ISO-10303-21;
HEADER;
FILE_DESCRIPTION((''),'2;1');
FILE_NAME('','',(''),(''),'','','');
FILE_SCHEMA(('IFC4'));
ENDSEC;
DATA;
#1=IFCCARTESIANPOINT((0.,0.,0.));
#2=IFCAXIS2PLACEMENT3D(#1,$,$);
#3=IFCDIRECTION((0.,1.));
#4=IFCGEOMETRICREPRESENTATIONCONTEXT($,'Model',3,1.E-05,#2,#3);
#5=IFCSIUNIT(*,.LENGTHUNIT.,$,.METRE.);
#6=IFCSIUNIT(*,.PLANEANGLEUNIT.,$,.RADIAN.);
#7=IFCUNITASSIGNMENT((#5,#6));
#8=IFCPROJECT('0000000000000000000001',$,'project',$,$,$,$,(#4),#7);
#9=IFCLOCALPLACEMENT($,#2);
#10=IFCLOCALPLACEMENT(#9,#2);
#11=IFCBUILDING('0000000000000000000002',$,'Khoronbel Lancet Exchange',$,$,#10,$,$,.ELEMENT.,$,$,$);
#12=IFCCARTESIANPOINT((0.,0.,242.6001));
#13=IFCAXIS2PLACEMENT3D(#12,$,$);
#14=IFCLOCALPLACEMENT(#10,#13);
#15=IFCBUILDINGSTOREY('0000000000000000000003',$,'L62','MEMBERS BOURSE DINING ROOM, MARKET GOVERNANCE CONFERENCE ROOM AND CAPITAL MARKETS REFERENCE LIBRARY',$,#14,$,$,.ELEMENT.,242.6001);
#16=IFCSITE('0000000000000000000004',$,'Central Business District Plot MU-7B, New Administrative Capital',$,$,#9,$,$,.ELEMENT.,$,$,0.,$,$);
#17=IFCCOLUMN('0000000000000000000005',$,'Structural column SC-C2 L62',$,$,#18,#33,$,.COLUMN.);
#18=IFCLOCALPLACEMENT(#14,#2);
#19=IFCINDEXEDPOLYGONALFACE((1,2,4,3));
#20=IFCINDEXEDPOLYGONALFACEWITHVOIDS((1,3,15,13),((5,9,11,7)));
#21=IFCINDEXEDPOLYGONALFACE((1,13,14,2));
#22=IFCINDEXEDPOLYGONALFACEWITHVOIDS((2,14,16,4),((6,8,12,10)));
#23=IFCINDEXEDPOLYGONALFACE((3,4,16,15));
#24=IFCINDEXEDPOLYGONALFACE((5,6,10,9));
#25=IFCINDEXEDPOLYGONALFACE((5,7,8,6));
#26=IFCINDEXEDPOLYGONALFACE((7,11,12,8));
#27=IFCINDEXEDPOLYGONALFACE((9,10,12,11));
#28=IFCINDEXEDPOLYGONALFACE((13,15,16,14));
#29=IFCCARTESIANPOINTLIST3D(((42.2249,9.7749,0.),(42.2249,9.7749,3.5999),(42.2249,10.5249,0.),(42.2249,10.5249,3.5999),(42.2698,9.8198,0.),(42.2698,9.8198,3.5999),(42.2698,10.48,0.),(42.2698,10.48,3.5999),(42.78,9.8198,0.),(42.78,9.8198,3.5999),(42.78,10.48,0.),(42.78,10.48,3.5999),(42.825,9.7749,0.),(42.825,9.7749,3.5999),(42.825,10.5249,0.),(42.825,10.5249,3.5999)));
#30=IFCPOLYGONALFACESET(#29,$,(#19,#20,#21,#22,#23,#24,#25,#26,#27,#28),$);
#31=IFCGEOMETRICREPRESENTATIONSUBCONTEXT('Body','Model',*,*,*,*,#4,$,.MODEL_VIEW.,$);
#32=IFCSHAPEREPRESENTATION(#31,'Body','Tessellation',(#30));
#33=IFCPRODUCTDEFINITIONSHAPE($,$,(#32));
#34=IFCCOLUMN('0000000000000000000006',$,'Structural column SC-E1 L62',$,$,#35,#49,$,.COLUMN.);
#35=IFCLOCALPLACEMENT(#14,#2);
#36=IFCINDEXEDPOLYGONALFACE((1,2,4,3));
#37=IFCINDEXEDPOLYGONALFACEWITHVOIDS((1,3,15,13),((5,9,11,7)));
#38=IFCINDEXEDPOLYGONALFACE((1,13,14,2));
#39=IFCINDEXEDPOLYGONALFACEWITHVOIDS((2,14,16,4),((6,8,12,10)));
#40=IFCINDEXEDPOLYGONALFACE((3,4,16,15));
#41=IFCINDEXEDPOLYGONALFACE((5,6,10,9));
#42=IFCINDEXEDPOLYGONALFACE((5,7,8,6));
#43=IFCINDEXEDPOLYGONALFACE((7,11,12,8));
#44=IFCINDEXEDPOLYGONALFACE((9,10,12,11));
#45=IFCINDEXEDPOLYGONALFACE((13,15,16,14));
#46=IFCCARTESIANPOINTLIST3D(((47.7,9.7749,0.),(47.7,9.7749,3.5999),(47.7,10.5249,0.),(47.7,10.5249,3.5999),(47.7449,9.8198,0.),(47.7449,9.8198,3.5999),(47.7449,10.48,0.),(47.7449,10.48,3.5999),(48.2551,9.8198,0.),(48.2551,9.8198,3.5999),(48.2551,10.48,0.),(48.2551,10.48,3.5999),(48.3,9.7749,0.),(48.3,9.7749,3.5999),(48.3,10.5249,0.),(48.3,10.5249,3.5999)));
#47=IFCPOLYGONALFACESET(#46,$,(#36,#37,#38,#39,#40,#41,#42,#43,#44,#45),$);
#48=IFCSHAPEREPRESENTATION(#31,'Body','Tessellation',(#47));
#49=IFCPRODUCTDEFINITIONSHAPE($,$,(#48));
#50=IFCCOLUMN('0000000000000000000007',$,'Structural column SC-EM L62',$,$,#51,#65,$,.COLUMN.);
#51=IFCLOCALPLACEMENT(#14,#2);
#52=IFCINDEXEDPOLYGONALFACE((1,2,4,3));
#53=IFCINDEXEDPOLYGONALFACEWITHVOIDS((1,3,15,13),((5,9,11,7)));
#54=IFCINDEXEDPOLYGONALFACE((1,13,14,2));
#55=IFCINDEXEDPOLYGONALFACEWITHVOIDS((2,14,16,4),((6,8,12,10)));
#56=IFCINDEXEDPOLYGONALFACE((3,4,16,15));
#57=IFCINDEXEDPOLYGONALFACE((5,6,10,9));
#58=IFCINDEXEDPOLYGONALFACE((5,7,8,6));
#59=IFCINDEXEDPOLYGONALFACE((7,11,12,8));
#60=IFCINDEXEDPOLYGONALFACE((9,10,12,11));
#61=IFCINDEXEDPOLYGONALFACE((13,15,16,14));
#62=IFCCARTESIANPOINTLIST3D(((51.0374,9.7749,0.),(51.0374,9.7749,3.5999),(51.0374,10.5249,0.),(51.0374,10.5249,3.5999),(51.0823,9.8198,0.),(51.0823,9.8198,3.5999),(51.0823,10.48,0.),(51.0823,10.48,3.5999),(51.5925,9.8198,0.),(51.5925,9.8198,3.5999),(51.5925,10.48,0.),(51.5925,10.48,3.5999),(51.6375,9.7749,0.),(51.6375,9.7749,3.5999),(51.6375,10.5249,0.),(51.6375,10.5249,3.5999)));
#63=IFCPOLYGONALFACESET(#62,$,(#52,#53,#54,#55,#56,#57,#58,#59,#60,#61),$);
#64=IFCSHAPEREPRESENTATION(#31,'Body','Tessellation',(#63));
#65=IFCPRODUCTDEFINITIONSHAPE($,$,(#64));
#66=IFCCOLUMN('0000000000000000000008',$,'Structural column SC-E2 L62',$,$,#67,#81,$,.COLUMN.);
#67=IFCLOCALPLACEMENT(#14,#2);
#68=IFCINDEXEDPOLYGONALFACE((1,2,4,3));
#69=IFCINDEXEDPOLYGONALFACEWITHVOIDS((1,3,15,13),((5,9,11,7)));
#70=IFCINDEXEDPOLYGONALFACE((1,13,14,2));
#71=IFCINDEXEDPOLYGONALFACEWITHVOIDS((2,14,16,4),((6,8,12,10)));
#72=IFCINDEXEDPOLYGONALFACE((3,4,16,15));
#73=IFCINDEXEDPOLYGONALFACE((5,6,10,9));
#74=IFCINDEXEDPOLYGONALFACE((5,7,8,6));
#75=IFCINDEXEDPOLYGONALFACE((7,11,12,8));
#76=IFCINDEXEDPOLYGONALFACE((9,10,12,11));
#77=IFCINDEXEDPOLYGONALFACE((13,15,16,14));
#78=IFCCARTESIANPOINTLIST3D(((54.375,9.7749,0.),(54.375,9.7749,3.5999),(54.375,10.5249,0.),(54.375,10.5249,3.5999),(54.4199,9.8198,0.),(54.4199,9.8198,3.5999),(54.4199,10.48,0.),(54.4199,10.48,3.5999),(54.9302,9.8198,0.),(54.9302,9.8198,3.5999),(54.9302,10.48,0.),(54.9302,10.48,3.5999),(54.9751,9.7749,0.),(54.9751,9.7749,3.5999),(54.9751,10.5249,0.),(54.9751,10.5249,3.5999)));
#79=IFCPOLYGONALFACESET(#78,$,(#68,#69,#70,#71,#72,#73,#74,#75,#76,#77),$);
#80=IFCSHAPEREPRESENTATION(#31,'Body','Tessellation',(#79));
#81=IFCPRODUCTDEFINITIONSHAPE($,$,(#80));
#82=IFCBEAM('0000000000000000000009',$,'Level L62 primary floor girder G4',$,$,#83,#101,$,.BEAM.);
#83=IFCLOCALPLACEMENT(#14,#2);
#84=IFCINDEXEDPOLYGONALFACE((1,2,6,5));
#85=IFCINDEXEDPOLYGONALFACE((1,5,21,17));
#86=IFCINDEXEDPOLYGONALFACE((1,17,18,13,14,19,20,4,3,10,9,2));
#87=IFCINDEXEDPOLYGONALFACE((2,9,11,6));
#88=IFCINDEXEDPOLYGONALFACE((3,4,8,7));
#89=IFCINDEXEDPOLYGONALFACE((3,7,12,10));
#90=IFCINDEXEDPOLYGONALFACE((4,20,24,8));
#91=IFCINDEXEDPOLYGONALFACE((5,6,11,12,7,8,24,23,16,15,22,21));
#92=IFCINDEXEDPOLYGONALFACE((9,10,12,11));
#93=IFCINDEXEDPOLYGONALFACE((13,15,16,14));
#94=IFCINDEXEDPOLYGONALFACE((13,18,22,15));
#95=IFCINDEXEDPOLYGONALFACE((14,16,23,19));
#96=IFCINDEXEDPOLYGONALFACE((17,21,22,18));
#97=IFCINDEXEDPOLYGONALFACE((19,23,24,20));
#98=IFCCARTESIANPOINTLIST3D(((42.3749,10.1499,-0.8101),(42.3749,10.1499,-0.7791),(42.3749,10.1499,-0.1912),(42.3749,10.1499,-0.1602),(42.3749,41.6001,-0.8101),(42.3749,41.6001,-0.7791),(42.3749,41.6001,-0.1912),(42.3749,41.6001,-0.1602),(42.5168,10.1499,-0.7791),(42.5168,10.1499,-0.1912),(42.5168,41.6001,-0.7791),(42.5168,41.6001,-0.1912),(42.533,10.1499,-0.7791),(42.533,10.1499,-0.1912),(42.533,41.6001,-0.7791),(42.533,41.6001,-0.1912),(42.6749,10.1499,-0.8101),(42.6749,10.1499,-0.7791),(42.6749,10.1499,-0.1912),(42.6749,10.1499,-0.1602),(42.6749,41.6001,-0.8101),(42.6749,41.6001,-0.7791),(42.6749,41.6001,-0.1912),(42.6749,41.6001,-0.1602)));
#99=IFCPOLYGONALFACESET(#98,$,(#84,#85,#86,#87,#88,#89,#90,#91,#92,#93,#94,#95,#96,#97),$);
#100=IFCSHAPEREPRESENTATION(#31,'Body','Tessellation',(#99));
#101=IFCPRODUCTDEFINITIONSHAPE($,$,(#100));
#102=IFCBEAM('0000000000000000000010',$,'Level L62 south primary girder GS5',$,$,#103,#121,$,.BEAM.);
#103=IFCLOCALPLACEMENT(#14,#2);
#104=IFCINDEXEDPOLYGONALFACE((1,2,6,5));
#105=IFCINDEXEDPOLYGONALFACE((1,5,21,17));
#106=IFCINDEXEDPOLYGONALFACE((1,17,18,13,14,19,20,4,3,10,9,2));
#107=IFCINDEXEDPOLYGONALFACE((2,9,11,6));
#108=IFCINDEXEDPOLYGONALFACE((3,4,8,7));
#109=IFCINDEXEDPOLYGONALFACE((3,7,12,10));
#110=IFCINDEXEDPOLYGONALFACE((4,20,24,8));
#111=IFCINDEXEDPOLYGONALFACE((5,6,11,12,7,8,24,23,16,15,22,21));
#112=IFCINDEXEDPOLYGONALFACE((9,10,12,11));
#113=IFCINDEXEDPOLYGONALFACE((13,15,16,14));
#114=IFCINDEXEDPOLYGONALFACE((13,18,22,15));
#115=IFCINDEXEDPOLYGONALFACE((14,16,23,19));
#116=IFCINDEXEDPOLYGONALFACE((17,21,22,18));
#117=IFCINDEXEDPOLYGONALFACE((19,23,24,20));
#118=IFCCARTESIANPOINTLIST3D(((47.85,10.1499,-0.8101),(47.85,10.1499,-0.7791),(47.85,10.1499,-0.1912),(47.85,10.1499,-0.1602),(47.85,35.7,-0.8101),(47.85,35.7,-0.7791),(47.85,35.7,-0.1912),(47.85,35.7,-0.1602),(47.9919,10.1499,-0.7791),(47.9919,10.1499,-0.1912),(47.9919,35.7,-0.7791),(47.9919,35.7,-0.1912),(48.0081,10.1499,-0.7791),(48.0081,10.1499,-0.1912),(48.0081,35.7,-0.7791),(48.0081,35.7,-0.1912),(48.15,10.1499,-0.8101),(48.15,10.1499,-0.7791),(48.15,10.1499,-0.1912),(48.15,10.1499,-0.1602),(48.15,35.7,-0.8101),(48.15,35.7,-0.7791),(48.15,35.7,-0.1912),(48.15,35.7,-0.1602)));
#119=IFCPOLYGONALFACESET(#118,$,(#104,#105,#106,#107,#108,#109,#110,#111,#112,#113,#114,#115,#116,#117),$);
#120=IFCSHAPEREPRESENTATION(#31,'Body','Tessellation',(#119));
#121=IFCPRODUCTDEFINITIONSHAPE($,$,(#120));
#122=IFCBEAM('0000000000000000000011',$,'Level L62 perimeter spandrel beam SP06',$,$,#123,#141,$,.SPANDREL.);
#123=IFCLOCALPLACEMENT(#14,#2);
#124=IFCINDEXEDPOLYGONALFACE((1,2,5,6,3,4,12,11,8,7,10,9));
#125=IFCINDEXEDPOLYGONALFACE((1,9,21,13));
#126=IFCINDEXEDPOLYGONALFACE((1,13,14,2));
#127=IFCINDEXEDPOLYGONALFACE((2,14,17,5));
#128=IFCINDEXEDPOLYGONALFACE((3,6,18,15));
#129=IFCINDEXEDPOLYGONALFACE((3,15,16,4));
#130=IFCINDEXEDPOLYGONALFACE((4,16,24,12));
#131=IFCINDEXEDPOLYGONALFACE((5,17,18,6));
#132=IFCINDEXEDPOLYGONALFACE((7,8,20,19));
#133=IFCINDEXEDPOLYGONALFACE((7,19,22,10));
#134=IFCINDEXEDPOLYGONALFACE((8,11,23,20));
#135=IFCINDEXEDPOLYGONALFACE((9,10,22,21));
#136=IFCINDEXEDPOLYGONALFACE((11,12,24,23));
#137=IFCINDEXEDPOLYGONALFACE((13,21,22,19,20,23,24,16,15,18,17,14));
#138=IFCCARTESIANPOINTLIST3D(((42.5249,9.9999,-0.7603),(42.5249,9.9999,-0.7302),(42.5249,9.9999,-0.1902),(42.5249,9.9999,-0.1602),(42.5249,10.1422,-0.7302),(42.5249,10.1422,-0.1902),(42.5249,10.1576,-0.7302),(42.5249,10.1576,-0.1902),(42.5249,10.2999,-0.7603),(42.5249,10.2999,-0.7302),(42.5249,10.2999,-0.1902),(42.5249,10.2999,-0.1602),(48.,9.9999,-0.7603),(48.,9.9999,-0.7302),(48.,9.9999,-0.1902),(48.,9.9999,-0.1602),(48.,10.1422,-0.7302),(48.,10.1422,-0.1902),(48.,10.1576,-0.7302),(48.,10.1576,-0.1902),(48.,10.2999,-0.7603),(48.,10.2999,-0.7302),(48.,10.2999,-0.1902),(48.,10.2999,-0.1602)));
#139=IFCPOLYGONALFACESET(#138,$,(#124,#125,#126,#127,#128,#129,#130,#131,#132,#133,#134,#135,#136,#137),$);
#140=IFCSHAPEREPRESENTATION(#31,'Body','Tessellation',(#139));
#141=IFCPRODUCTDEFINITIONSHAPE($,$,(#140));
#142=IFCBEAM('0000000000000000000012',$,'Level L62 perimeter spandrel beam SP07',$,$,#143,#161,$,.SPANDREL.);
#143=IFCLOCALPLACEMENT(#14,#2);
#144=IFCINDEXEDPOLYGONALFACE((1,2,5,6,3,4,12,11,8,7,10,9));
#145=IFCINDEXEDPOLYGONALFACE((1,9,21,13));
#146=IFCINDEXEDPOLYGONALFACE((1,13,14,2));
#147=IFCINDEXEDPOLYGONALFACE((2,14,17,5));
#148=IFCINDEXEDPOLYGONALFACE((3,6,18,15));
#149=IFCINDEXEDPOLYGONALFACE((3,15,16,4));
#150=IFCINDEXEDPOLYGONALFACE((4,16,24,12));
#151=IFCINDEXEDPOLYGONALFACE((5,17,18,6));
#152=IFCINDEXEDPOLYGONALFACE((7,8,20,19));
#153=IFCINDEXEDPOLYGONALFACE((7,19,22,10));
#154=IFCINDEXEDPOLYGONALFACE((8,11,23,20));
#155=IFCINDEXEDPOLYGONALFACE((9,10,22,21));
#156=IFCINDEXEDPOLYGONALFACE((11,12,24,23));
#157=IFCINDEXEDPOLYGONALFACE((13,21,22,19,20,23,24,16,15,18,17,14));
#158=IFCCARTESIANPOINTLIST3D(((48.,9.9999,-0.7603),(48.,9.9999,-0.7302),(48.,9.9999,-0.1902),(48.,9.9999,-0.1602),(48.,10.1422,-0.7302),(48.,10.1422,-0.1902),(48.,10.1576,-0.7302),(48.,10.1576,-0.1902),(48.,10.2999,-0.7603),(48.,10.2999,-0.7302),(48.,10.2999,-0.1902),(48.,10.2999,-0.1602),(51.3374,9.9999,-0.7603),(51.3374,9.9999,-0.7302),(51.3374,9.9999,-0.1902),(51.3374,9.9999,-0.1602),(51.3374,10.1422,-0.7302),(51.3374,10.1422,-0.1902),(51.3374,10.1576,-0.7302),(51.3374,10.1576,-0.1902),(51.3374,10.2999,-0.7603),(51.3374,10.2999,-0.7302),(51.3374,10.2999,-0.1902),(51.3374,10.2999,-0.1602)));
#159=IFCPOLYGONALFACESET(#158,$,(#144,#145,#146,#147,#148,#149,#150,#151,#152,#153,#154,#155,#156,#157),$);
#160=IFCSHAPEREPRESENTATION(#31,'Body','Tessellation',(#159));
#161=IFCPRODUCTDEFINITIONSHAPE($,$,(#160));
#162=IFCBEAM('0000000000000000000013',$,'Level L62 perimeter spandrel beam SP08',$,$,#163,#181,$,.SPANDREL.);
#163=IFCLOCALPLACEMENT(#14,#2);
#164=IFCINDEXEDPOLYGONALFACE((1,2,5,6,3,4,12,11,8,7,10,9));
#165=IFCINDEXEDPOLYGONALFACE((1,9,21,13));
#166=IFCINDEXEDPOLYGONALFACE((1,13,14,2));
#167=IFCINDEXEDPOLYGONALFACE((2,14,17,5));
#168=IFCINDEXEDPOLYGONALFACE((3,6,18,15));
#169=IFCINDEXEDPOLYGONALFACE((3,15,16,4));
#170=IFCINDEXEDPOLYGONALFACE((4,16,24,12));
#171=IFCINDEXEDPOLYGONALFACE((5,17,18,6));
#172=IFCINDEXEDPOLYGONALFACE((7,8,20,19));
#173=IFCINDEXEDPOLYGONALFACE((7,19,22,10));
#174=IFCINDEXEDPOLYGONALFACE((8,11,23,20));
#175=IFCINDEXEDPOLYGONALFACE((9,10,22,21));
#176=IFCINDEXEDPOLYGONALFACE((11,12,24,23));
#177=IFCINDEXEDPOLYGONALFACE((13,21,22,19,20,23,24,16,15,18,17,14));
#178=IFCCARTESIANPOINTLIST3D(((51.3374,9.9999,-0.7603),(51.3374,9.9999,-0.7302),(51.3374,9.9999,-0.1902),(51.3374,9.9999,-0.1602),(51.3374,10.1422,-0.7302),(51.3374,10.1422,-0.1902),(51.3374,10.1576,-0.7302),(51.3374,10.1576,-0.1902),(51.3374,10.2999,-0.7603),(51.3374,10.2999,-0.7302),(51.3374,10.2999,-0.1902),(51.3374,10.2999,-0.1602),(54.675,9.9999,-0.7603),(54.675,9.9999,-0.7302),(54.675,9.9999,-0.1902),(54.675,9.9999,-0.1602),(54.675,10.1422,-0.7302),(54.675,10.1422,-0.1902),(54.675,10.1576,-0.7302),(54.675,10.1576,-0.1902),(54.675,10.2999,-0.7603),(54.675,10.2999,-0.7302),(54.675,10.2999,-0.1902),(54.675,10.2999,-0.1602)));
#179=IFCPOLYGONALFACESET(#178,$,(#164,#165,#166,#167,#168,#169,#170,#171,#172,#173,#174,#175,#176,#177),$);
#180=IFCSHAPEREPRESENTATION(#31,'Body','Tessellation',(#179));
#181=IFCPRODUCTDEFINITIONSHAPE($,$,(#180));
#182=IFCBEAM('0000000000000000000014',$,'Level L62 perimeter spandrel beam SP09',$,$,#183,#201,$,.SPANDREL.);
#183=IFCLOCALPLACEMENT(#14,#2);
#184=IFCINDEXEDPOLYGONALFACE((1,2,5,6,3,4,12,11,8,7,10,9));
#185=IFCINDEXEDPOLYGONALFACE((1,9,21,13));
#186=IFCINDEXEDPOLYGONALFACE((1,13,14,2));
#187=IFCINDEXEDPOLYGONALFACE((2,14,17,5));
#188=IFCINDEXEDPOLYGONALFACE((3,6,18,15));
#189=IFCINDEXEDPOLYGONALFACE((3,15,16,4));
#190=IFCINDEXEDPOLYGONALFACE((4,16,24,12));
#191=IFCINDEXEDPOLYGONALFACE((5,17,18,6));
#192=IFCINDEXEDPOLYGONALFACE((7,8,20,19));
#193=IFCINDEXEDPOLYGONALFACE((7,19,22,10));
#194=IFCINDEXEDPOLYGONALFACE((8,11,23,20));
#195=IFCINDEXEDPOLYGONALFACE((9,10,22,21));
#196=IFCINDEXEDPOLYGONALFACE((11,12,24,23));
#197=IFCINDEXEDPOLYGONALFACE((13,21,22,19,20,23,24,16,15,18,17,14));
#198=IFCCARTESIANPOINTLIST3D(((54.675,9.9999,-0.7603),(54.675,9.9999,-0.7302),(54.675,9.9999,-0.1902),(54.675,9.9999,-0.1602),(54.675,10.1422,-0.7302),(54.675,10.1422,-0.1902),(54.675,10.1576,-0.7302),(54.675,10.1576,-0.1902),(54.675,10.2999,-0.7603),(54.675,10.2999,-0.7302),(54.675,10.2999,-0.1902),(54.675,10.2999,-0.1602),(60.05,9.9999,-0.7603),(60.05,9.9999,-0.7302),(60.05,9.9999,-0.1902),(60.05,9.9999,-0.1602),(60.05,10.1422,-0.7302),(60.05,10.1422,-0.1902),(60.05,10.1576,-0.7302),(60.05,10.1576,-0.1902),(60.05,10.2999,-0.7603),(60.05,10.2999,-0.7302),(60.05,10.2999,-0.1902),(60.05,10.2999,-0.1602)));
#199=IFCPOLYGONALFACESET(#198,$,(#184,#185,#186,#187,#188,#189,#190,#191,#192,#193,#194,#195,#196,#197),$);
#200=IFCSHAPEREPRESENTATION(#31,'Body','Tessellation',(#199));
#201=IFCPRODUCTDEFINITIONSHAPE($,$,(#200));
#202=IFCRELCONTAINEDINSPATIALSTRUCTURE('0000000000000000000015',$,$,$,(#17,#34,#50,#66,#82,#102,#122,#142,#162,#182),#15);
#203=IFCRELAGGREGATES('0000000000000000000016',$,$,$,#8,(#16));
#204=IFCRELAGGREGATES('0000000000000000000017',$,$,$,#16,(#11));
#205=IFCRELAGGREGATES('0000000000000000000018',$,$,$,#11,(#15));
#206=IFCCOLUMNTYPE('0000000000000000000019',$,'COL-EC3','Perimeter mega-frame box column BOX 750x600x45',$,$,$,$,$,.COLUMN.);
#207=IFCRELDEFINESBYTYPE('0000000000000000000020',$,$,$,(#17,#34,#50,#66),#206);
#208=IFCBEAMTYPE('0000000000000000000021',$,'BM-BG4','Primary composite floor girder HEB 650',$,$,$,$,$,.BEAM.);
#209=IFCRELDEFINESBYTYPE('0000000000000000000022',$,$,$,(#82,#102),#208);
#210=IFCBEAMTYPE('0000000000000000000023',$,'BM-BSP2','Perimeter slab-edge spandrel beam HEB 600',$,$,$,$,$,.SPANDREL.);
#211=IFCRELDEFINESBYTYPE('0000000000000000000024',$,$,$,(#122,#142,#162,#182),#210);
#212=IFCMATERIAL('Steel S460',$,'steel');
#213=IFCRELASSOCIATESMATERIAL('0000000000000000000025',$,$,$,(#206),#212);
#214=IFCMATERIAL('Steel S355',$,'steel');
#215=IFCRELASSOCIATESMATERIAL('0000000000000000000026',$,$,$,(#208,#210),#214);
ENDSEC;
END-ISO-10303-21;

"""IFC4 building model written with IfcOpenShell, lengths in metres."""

from ifc_helpers import new_model, si_unit, direction, frame, origin, origin_2d, place, context, subcontext, project, spatial, hollow_rectangle, i_section, extrude, material, material_profile, profile_set, type_object, element, save


model = new_model("IFC4")

# Units and contexts
model_context = context("Model", 3, precision=1e-05, world=origin(), true_north=direction((0.0, 1.0)))
body_context = subcontext(model_context, "Body", "Model", "MODEL_VIEW")
ifc_project = project(units=[si_unit("LENGTHUNIT", "METRE"), si_unit("PLANEANGLEUNIT", "RADIAN")], contexts=[model_context])

# Site, building, storey
site_placement = place(None, origin())
site = spatial("IfcSite", under=ifc_project, at=site_placement, Name="Central Business District Plot MU-7B, New Administrative Capital", CompositionType="ELEMENT", RefElevation=0.0)
building_placement = place(site_placement, origin())
building = spatial("IfcBuilding", under=site, at=building_placement, Name="Khoronbel Lancet Exchange", CompositionType="ELEMENT")
storey_placement = place(building_placement, frame((0.0, 0.0, 242.6001)))
storey = spatial("IfcBuildingStorey", under=building, at=storey_placement, Name="L62", Description="MEMBERS BOURSE DINING ROOM, MARKET GOVERNANCE CONFERENCE ROOM AND CAPITAL MARKETS REFERENCE LIBRARY", CompositionType="ELEMENT", Elevation=242.6001)

# Columns
ifc_material_1 = material(Name="Steel S460", Category="steel")
ifc_material_profile_1 = material_profile(ifc_material_1, hollow_rectangle(XDim=0.6001, YDim=0.75, WallThickness=0.0449, at=origin_2d()), Name="BOX 750x600x45")
ifc_profile_set_1 = profile_set([ifc_material_profile_1], Name="Steel S460")
column_type = type_object("IfcColumnType", Name="COL-EC3", Description="Perimeter mega-frame box column BOX 750x600x45", PredefinedType="COLUMN", material=ifc_profile_set_1)
for number, where, z_axis, x_axis, name in (
    (1, (42.5249, 10.1499, 0.0), (0.0, 0.0, 1.0), (1.0, 0.0, 0.0), "Structural column SC-C2 L62"),
    (2, (48.0, 10.1499, 0.0), (0.0, 0.0, 1.0), (1.0, 0.0, 0.0), "Structural column SC-E1 L62"),
    (3, (51.3374, 10.1499, 0.0), (0.0, 0.0, 1.0), (1.0, 0.0, 0.0), "Structural column SC-EM L62"),
    (4, (54.675, 10.1499, 0.0), (0.0, 0.0, 1.0), (1.0, 0.0, 0.0), "Structural column SC-E2 L62"),
):
    element("IfcColumn", number, at=place(storey_placement, frame(where, z_axis=z_axis, x_axis=x_axis)), inside=storey, type_object=column_type, Name=name, PredefinedType="COLUMN", context=body_context, shape_type="SweptSolid", body=[
        extrude(hollow_rectangle(XDim=0.6001, YDim=0.75, WallThickness=0.0449, at=origin_2d()), origin(), (0.0, 0.0, 1.0), 3.5999),
    ])

# Beams
ifc_material_2 = material(Name="Steel S355", Category="steel")
ifc_material_profile_2 = material_profile(ifc_material_2, i_section(OverallWidth=0.3, OverallDepth=0.6499, WebThickness=0.0161, FlangeThickness=0.031, at=origin_2d()), Name="HEB 650")
ifc_profile_set_2 = profile_set([ifc_material_profile_2], Name="Steel S355")
beam_type_1 = type_object("IfcBeamType", Name="BM-BG4", Description="Primary composite floor girder HEB 650", PredefinedType="BEAM", material=ifc_profile_set_2)
beam_1_placement = place(storey_placement, frame((42.5249, 10.1499, -0.4851), z_axis=(0.0, 1.0, 0.0), x_axis=(-1.0, 0.0, 0.0)))
element("IfcBeam", 5, at=beam_1_placement, inside=storey, type_object=beam_type_1, Name="Level L62 primary floor girder G4", PredefinedType="BEAM", context=body_context, shape_type="SweptSolid", body=[
    extrude(i_section(OverallWidth=0.3, OverallDepth=0.6499, WebThickness=0.0161, FlangeThickness=0.031, at=origin_2d()), origin(), (0.0, 0.0, 1.0), 31.4502),
])
beam_2_placement = place(storey_placement, frame((48.0, 10.1499, -0.4851), z_axis=(0.0, 1.0, 0.0), x_axis=(-1.0, 0.0, 0.0)))
element("IfcBeam", 6, at=beam_2_placement, inside=storey, type_object=beam_type_1, Name="Level L62 south primary girder GS5", PredefinedType="BEAM", context=body_context, shape_type="SweptSolid", body=[
    extrude(i_section(OverallWidth=0.3, OverallDepth=0.6499, WebThickness=0.0161, FlangeThickness=0.031, at=origin_2d()), origin(), (0.0, 0.0, 1.0), 25.55),
])
ifc_material_profile_3 = material_profile(ifc_material_2, i_section(OverallWidth=0.3, OverallDepth=0.6001, WebThickness=0.0154, FlangeThickness=0.03, at=origin_2d()), Name="HEB 600")
ifc_profile_set_3 = profile_set([ifc_material_profile_3], Name="Steel S355")
beam_type_2 = type_object("IfcBeamType", Name="BM-BSP2", Description="Perimeter slab-edge spandrel beam HEB 600", PredefinedType="SPANDREL", material=ifc_profile_set_3)
beam_3_placement = place(storey_placement, frame((42.5249, 10.1499, -0.4602), z_axis=(1.0, 0.0, 0.0), x_axis=(0.0, 1.0, 0.0)))
element("IfcBeam", 7, at=beam_3_placement, inside=storey, type_object=beam_type_2, Name="Level L62 perimeter spandrel beam SP06", PredefinedType="SPANDREL", context=body_context, shape_type="SweptSolid", body=[
    extrude(i_section(OverallWidth=0.3, OverallDepth=0.6001, WebThickness=0.0154, FlangeThickness=0.03, at=origin_2d()), origin(), (0.0, 0.0, 1.0), 5.4751),
])
beam_4_placement = place(storey_placement, frame((48.0, 10.1499, -0.4602), z_axis=(1.0, 0.0, 0.0), x_axis=(0.0, 1.0, 0.0)))
element("IfcBeam", 8, at=beam_4_placement, inside=storey, type_object=beam_type_2, Name="Level L62 perimeter spandrel beam SP07", PredefinedType="SPANDREL", context=body_context, shape_type="SweptSolid", body=[
    extrude(i_section(OverallWidth=0.3, OverallDepth=0.6001, WebThickness=0.0154, FlangeThickness=0.03, at=origin_2d()), origin(), (0.0, 0.0, 1.0), 3.3374),
])
beam_5_placement = place(storey_placement, frame((51.3374, 10.1499, -0.4602), z_axis=(1.0, 0.0, 0.0), x_axis=(0.0, 1.0, 0.0)))
element("IfcBeam", 9, at=beam_5_placement, inside=storey, type_object=beam_type_2, Name="Level L62 perimeter spandrel beam SP08", PredefinedType="SPANDREL", context=body_context, shape_type="SweptSolid", body=[
    extrude(i_section(OverallWidth=0.3, OverallDepth=0.6001, WebThickness=0.0154, FlangeThickness=0.03, at=origin_2d()), origin(), (0.0, 0.0, 1.0), 3.3376),
])
beam_6_placement = place(storey_placement, frame((54.675, 10.1499, -0.4602), z_axis=(1.0, 0.0, 0.0), x_axis=(0.0, 1.0, 0.0)))
element("IfcBeam", 10, at=beam_6_placement, inside=storey, type_object=beam_type_2, Name="Level L62 perimeter spandrel beam SP09", PredefinedType="SPANDREL", context=body_context, shape_type="SweptSolid", body=[
    extrude(i_section(OverallWidth=0.3, OverallDepth=0.6001, WebThickness=0.0154, FlangeThickness=0.03, at=origin_2d()), origin(), (0.0, 0.0, 1.0), 5.375),
])

save(model, "model.ifc")
